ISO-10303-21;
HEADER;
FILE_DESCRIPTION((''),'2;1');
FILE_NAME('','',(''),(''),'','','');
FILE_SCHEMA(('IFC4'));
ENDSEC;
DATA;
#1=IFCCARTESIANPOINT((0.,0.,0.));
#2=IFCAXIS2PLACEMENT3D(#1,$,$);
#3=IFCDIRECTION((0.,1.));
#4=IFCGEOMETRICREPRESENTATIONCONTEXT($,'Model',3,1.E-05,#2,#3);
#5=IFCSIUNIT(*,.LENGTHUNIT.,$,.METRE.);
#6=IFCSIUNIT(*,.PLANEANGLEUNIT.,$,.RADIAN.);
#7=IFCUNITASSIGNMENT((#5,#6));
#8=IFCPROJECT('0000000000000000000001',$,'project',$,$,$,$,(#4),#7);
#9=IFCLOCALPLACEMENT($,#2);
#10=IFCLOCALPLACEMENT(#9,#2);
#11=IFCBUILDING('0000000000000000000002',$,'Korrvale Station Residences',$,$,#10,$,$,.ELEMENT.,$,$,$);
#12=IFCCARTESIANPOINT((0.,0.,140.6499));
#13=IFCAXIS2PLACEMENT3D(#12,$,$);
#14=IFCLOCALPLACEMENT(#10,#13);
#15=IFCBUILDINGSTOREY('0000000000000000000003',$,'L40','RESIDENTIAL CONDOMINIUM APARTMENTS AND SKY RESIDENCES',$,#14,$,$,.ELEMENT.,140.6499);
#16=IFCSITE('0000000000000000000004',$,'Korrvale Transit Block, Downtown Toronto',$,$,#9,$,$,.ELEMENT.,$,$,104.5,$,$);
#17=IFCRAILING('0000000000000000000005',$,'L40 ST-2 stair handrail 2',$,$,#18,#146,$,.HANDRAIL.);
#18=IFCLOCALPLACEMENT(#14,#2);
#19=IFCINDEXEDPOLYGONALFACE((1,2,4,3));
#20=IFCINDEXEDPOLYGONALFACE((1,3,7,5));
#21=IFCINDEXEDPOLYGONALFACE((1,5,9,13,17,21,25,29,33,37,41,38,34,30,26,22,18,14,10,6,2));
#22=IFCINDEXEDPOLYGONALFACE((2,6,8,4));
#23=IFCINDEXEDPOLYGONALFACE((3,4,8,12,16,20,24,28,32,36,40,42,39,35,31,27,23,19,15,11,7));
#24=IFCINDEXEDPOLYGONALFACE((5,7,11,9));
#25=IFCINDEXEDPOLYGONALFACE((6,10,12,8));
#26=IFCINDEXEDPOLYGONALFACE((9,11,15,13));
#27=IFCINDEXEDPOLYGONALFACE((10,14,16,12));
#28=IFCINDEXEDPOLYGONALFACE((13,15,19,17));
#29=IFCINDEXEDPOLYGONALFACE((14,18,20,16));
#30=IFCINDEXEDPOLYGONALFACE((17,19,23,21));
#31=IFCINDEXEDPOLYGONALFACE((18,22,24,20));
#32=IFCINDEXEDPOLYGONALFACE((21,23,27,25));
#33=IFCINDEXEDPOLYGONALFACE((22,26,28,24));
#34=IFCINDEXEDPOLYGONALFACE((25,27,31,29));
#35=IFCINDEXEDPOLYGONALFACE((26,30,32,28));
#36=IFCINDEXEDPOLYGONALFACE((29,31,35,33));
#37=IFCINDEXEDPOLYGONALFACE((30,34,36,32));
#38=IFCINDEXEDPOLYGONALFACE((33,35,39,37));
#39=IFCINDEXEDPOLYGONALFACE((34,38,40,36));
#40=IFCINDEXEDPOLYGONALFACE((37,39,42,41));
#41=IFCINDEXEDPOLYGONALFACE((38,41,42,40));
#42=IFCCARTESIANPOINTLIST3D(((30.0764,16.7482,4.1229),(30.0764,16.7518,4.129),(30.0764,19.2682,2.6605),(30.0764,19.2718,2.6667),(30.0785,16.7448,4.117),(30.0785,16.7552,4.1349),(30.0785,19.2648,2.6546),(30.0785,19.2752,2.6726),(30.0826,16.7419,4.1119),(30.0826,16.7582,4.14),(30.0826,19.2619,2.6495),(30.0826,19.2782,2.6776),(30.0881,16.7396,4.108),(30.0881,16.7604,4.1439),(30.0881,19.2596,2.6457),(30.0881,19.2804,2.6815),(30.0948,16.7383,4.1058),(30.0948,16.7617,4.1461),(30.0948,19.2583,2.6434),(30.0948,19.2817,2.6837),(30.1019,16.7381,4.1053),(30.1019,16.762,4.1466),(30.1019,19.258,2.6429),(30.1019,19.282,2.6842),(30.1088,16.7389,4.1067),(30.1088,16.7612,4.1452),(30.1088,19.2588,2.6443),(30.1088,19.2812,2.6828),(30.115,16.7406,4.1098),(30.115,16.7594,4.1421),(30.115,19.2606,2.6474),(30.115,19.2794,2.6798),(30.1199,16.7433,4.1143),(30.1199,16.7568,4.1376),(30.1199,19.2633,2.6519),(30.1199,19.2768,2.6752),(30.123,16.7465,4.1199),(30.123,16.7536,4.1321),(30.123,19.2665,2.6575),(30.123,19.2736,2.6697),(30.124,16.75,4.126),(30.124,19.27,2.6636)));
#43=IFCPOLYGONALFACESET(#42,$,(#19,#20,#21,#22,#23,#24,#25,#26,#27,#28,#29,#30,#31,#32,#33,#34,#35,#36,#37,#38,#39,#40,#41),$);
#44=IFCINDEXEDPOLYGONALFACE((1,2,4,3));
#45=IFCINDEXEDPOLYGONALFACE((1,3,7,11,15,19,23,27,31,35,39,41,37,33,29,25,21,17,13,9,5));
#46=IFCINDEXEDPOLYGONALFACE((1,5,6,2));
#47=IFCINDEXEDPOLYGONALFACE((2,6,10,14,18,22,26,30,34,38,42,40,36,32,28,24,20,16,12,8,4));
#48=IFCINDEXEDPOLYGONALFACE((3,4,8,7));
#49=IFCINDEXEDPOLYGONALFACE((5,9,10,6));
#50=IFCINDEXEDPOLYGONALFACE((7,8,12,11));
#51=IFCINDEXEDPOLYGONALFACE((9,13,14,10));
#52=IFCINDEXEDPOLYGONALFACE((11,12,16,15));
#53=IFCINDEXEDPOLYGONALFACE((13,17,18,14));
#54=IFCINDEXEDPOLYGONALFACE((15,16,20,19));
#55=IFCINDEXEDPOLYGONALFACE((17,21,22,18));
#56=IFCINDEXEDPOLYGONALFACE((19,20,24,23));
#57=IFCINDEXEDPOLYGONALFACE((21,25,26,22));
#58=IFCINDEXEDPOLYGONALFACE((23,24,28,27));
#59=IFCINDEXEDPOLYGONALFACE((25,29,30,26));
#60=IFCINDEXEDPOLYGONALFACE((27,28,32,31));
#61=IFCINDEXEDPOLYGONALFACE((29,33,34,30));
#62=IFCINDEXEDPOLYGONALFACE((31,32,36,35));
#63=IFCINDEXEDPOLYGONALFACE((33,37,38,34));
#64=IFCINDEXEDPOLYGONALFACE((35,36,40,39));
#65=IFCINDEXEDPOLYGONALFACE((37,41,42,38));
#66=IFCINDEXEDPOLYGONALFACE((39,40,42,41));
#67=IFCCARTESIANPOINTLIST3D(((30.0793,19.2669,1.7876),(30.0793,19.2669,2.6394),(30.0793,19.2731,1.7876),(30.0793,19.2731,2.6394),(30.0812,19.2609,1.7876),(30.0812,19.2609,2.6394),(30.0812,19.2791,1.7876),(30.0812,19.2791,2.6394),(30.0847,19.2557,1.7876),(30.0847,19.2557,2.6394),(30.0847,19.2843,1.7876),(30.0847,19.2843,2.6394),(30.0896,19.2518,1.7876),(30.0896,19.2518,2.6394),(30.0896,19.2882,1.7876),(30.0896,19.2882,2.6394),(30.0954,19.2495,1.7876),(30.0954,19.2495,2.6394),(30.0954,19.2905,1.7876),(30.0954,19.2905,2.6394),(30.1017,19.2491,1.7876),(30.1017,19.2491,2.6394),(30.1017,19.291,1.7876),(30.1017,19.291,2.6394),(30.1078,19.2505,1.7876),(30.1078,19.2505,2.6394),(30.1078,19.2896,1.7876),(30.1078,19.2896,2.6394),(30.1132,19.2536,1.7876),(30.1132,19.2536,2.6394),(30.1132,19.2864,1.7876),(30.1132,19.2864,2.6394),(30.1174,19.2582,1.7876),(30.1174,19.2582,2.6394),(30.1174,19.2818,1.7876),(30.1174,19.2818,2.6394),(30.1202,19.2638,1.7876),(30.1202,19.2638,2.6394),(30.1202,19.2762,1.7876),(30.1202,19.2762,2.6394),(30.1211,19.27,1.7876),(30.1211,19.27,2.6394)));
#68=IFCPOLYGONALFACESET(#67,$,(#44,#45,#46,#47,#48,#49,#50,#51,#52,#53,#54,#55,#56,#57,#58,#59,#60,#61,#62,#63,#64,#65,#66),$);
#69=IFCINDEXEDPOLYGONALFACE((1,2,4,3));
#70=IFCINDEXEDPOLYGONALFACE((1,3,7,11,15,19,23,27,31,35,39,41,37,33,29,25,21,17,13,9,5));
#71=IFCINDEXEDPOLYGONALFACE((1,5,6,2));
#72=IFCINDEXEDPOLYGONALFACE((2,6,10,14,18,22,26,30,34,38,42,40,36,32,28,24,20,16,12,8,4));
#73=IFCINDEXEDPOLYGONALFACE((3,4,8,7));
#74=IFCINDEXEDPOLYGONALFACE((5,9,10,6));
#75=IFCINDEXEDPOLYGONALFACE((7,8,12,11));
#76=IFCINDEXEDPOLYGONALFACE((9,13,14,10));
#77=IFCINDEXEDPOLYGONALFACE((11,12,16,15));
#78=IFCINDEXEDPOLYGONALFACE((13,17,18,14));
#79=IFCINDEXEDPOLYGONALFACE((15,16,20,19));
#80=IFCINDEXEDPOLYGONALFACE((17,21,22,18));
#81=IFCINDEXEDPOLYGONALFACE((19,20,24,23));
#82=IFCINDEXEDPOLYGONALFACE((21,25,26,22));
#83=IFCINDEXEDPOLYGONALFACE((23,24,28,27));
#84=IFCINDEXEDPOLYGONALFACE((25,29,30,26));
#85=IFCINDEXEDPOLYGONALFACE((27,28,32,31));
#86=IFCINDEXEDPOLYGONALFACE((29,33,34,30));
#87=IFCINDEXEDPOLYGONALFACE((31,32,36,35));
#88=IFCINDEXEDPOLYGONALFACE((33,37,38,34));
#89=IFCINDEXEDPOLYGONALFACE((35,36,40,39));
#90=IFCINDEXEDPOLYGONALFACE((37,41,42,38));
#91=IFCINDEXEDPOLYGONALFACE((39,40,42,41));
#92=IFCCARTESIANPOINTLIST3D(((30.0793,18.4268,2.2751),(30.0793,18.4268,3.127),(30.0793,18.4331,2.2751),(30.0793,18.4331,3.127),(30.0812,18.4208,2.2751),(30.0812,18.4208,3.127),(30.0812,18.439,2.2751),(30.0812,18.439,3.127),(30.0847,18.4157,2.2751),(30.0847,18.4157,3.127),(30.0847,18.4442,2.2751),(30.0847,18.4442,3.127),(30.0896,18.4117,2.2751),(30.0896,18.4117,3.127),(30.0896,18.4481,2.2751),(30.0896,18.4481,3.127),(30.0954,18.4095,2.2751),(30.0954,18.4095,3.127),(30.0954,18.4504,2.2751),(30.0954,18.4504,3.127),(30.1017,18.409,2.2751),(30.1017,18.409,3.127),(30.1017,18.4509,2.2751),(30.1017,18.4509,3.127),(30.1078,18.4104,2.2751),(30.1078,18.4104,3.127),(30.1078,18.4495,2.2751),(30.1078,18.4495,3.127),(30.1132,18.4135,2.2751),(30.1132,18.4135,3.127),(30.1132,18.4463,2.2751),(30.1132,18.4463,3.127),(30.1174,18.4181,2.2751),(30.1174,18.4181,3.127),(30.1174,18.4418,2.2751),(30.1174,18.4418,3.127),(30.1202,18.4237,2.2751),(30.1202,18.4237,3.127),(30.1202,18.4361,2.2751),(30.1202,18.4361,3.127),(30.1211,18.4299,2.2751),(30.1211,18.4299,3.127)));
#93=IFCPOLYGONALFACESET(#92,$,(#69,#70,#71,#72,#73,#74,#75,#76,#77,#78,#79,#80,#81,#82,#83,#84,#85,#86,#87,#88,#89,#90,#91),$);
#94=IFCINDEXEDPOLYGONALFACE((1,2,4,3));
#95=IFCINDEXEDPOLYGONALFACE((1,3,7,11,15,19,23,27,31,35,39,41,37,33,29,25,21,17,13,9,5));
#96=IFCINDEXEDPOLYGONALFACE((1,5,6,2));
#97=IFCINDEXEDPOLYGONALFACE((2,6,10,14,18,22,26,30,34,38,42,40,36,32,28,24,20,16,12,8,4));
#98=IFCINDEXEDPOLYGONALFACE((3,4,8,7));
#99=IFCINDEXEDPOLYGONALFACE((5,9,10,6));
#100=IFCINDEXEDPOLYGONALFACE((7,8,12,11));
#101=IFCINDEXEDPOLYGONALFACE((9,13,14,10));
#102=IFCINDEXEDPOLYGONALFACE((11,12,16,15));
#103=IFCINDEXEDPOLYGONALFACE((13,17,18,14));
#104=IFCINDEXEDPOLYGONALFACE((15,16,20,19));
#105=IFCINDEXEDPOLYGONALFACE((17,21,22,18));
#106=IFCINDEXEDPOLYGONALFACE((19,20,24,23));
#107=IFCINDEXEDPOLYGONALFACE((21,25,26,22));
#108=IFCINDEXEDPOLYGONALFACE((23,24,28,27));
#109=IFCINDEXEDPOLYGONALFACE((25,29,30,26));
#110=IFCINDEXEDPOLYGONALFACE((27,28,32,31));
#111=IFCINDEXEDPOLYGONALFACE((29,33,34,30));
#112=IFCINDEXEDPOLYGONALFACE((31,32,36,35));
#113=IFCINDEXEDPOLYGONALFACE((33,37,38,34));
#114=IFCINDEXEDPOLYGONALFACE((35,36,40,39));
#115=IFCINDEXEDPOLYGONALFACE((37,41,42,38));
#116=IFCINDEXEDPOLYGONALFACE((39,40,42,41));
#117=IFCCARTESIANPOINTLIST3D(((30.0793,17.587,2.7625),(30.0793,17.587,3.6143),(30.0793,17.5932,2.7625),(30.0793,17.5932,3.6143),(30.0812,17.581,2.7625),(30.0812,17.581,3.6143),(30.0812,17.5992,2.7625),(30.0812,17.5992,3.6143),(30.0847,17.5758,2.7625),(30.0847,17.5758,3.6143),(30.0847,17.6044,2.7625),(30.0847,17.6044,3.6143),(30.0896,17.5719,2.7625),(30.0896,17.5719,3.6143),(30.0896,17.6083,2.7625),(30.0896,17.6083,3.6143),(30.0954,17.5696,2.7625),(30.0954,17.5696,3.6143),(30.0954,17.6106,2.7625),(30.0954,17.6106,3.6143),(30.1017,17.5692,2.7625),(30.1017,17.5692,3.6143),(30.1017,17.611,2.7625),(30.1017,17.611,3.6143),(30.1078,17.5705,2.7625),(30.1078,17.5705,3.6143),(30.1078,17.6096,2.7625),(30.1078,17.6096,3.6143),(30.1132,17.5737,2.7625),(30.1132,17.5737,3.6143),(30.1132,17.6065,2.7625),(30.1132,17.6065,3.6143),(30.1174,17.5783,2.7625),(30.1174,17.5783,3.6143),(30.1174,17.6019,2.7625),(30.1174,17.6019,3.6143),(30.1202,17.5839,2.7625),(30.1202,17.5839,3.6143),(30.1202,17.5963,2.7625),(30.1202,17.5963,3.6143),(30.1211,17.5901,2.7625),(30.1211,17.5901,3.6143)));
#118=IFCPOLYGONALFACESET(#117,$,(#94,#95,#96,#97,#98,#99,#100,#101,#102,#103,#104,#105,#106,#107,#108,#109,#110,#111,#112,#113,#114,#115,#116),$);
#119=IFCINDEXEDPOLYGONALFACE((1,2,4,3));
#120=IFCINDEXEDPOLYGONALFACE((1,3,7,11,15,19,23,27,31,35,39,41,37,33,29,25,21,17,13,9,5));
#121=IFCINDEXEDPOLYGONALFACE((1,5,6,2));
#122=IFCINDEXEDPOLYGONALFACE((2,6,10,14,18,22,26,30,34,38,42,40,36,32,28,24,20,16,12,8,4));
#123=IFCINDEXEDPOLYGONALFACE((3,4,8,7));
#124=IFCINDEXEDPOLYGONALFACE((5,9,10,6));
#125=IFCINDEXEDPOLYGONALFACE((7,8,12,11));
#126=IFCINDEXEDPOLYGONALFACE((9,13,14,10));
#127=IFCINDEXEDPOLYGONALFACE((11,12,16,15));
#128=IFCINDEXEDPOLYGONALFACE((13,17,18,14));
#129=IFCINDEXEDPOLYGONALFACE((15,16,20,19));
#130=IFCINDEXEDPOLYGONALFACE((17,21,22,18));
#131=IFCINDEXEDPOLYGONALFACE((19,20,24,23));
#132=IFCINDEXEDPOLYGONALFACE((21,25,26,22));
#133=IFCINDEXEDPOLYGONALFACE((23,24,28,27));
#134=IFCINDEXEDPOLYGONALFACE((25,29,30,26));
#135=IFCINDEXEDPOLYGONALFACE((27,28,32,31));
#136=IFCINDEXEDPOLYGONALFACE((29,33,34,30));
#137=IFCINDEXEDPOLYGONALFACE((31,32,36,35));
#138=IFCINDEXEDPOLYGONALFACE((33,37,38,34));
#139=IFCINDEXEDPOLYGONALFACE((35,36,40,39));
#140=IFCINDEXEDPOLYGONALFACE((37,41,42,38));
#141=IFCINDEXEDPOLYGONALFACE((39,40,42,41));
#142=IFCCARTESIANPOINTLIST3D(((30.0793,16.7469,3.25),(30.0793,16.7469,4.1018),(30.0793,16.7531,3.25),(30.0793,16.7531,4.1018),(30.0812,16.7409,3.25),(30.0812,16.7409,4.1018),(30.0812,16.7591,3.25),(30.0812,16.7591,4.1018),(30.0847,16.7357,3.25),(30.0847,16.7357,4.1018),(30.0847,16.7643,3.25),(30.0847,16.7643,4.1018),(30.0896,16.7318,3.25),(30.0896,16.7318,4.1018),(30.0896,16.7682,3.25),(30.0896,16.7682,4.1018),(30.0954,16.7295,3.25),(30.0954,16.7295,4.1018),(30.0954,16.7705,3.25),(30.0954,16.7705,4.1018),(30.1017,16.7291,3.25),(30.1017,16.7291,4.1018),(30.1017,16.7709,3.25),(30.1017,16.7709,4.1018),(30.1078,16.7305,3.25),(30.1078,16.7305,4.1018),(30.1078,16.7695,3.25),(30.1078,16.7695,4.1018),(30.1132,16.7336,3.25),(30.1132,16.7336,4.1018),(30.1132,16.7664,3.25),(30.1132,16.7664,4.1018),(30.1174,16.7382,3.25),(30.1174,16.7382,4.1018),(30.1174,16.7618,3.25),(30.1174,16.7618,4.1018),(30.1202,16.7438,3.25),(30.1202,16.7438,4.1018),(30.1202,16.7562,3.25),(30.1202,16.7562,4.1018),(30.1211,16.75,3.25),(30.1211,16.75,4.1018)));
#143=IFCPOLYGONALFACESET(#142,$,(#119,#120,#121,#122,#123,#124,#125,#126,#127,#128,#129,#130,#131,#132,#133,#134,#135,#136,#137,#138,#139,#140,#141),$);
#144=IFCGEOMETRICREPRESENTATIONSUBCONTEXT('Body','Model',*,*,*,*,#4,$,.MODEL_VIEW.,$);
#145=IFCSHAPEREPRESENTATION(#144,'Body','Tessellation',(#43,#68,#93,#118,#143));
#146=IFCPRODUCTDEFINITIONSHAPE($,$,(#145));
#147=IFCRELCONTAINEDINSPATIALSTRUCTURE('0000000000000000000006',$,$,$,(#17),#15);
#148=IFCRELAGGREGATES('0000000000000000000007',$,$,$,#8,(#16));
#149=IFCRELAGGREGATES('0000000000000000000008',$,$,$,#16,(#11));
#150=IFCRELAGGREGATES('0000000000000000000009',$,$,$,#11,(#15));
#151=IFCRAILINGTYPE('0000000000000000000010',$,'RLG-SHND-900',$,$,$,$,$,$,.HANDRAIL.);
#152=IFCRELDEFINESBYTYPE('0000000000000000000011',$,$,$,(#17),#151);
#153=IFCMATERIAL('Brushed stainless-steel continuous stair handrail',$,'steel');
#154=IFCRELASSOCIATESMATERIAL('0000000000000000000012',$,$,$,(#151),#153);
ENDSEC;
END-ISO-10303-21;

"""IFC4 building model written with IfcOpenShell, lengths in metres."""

from ifc_helpers import new_model, si_unit, direction, frame, origin, origin_2d, place, context, subcontext, project, spatial, circle, extrude, material, type_object, element, save


model = new_model("IFC4")

# Units and contexts
model_context = context("Model", 3, precision=1e-05, world=origin(), true_north=direction((0.0, 1.0)))
body_context = subcontext(model_context, "Body", "Model", "MODEL_VIEW")
ifc_project = project(units=[si_unit("LENGTHUNIT", "METRE"), si_unit("PLANEANGLEUNIT", "RADIAN")], contexts=[model_context])

# Site, building, storey
site_placement = place(None, origin())
site = spatial("IfcSite", under=ifc_project, at=site_placement, Name="Korrvale Transit Block, Downtown Toronto", CompositionType="ELEMENT", RefElevation=104.5)
building_placement = place(site_placement, origin())
building = spatial("IfcBuilding", under=site, at=building_placement, Name="Korrvale Station Residences", CompositionType="ELEMENT")
storey_placement = place(building_placement, frame((0.0, 0.0, 140.6499)))
storey = spatial("IfcBuildingStorey", under=building, at=storey_placement, Name="L40", Description="RESIDENTIAL CONDOMINIUM APARTMENTS AND SKY RESIDENCES", CompositionType="ELEMENT", Elevation=140.6499)

# Railing
ifc_material_1 = material(Name="Brushed stainless-steel continuous stair handrail", Category="steel")
railing_type_1 = type_object("IfcRailingType", Name="RLG-SHND-900", PredefinedType="HANDRAIL", material=ifc_material_1)
railing_1_placement = place(storey_placement, frame((30.1001, 19.27, 1.7876)))
element("IfcRailing", 1, at=railing_1_placement, inside=storey, type_object=railing_type_1, Name="L40 ST-2 stair handrail 2", PredefinedType="HANDRAIL", context=body_context, shape_type="SweptSolid", body=[
    extrude(circle(Radius=0.0239, at=origin_2d()), frame((0.0, 0.0, 0.876), z_axis=(0.0, -0.864913, 0.501921), x_axis=(1.0, 0.0, 0.0)), (0.0, 0.0, 1.0), 2.9136),
    extrude(circle(Radius=0.021, at=origin_2d()), origin(), (0.0, 0.0, 1.0), 0.8518),
    extrude(circle(Radius=0.021, at=origin_2d()), frame((0.0, -0.8401, 0.4875)), (0.0, 0.0, 1.0), 0.8518),
    extrude(circle(Radius=0.021, at=origin_2d()), frame((0.0, -1.6799, 0.9749)), (0.0, 0.0, 1.0), 0.8518),
    extrude(circle(Radius=0.021, at=origin_2d()), frame((0.0, -2.52, 1.4624)), (0.0, 0.0, 1.0), 0.8518),
])

save(model, "model.ifc")
